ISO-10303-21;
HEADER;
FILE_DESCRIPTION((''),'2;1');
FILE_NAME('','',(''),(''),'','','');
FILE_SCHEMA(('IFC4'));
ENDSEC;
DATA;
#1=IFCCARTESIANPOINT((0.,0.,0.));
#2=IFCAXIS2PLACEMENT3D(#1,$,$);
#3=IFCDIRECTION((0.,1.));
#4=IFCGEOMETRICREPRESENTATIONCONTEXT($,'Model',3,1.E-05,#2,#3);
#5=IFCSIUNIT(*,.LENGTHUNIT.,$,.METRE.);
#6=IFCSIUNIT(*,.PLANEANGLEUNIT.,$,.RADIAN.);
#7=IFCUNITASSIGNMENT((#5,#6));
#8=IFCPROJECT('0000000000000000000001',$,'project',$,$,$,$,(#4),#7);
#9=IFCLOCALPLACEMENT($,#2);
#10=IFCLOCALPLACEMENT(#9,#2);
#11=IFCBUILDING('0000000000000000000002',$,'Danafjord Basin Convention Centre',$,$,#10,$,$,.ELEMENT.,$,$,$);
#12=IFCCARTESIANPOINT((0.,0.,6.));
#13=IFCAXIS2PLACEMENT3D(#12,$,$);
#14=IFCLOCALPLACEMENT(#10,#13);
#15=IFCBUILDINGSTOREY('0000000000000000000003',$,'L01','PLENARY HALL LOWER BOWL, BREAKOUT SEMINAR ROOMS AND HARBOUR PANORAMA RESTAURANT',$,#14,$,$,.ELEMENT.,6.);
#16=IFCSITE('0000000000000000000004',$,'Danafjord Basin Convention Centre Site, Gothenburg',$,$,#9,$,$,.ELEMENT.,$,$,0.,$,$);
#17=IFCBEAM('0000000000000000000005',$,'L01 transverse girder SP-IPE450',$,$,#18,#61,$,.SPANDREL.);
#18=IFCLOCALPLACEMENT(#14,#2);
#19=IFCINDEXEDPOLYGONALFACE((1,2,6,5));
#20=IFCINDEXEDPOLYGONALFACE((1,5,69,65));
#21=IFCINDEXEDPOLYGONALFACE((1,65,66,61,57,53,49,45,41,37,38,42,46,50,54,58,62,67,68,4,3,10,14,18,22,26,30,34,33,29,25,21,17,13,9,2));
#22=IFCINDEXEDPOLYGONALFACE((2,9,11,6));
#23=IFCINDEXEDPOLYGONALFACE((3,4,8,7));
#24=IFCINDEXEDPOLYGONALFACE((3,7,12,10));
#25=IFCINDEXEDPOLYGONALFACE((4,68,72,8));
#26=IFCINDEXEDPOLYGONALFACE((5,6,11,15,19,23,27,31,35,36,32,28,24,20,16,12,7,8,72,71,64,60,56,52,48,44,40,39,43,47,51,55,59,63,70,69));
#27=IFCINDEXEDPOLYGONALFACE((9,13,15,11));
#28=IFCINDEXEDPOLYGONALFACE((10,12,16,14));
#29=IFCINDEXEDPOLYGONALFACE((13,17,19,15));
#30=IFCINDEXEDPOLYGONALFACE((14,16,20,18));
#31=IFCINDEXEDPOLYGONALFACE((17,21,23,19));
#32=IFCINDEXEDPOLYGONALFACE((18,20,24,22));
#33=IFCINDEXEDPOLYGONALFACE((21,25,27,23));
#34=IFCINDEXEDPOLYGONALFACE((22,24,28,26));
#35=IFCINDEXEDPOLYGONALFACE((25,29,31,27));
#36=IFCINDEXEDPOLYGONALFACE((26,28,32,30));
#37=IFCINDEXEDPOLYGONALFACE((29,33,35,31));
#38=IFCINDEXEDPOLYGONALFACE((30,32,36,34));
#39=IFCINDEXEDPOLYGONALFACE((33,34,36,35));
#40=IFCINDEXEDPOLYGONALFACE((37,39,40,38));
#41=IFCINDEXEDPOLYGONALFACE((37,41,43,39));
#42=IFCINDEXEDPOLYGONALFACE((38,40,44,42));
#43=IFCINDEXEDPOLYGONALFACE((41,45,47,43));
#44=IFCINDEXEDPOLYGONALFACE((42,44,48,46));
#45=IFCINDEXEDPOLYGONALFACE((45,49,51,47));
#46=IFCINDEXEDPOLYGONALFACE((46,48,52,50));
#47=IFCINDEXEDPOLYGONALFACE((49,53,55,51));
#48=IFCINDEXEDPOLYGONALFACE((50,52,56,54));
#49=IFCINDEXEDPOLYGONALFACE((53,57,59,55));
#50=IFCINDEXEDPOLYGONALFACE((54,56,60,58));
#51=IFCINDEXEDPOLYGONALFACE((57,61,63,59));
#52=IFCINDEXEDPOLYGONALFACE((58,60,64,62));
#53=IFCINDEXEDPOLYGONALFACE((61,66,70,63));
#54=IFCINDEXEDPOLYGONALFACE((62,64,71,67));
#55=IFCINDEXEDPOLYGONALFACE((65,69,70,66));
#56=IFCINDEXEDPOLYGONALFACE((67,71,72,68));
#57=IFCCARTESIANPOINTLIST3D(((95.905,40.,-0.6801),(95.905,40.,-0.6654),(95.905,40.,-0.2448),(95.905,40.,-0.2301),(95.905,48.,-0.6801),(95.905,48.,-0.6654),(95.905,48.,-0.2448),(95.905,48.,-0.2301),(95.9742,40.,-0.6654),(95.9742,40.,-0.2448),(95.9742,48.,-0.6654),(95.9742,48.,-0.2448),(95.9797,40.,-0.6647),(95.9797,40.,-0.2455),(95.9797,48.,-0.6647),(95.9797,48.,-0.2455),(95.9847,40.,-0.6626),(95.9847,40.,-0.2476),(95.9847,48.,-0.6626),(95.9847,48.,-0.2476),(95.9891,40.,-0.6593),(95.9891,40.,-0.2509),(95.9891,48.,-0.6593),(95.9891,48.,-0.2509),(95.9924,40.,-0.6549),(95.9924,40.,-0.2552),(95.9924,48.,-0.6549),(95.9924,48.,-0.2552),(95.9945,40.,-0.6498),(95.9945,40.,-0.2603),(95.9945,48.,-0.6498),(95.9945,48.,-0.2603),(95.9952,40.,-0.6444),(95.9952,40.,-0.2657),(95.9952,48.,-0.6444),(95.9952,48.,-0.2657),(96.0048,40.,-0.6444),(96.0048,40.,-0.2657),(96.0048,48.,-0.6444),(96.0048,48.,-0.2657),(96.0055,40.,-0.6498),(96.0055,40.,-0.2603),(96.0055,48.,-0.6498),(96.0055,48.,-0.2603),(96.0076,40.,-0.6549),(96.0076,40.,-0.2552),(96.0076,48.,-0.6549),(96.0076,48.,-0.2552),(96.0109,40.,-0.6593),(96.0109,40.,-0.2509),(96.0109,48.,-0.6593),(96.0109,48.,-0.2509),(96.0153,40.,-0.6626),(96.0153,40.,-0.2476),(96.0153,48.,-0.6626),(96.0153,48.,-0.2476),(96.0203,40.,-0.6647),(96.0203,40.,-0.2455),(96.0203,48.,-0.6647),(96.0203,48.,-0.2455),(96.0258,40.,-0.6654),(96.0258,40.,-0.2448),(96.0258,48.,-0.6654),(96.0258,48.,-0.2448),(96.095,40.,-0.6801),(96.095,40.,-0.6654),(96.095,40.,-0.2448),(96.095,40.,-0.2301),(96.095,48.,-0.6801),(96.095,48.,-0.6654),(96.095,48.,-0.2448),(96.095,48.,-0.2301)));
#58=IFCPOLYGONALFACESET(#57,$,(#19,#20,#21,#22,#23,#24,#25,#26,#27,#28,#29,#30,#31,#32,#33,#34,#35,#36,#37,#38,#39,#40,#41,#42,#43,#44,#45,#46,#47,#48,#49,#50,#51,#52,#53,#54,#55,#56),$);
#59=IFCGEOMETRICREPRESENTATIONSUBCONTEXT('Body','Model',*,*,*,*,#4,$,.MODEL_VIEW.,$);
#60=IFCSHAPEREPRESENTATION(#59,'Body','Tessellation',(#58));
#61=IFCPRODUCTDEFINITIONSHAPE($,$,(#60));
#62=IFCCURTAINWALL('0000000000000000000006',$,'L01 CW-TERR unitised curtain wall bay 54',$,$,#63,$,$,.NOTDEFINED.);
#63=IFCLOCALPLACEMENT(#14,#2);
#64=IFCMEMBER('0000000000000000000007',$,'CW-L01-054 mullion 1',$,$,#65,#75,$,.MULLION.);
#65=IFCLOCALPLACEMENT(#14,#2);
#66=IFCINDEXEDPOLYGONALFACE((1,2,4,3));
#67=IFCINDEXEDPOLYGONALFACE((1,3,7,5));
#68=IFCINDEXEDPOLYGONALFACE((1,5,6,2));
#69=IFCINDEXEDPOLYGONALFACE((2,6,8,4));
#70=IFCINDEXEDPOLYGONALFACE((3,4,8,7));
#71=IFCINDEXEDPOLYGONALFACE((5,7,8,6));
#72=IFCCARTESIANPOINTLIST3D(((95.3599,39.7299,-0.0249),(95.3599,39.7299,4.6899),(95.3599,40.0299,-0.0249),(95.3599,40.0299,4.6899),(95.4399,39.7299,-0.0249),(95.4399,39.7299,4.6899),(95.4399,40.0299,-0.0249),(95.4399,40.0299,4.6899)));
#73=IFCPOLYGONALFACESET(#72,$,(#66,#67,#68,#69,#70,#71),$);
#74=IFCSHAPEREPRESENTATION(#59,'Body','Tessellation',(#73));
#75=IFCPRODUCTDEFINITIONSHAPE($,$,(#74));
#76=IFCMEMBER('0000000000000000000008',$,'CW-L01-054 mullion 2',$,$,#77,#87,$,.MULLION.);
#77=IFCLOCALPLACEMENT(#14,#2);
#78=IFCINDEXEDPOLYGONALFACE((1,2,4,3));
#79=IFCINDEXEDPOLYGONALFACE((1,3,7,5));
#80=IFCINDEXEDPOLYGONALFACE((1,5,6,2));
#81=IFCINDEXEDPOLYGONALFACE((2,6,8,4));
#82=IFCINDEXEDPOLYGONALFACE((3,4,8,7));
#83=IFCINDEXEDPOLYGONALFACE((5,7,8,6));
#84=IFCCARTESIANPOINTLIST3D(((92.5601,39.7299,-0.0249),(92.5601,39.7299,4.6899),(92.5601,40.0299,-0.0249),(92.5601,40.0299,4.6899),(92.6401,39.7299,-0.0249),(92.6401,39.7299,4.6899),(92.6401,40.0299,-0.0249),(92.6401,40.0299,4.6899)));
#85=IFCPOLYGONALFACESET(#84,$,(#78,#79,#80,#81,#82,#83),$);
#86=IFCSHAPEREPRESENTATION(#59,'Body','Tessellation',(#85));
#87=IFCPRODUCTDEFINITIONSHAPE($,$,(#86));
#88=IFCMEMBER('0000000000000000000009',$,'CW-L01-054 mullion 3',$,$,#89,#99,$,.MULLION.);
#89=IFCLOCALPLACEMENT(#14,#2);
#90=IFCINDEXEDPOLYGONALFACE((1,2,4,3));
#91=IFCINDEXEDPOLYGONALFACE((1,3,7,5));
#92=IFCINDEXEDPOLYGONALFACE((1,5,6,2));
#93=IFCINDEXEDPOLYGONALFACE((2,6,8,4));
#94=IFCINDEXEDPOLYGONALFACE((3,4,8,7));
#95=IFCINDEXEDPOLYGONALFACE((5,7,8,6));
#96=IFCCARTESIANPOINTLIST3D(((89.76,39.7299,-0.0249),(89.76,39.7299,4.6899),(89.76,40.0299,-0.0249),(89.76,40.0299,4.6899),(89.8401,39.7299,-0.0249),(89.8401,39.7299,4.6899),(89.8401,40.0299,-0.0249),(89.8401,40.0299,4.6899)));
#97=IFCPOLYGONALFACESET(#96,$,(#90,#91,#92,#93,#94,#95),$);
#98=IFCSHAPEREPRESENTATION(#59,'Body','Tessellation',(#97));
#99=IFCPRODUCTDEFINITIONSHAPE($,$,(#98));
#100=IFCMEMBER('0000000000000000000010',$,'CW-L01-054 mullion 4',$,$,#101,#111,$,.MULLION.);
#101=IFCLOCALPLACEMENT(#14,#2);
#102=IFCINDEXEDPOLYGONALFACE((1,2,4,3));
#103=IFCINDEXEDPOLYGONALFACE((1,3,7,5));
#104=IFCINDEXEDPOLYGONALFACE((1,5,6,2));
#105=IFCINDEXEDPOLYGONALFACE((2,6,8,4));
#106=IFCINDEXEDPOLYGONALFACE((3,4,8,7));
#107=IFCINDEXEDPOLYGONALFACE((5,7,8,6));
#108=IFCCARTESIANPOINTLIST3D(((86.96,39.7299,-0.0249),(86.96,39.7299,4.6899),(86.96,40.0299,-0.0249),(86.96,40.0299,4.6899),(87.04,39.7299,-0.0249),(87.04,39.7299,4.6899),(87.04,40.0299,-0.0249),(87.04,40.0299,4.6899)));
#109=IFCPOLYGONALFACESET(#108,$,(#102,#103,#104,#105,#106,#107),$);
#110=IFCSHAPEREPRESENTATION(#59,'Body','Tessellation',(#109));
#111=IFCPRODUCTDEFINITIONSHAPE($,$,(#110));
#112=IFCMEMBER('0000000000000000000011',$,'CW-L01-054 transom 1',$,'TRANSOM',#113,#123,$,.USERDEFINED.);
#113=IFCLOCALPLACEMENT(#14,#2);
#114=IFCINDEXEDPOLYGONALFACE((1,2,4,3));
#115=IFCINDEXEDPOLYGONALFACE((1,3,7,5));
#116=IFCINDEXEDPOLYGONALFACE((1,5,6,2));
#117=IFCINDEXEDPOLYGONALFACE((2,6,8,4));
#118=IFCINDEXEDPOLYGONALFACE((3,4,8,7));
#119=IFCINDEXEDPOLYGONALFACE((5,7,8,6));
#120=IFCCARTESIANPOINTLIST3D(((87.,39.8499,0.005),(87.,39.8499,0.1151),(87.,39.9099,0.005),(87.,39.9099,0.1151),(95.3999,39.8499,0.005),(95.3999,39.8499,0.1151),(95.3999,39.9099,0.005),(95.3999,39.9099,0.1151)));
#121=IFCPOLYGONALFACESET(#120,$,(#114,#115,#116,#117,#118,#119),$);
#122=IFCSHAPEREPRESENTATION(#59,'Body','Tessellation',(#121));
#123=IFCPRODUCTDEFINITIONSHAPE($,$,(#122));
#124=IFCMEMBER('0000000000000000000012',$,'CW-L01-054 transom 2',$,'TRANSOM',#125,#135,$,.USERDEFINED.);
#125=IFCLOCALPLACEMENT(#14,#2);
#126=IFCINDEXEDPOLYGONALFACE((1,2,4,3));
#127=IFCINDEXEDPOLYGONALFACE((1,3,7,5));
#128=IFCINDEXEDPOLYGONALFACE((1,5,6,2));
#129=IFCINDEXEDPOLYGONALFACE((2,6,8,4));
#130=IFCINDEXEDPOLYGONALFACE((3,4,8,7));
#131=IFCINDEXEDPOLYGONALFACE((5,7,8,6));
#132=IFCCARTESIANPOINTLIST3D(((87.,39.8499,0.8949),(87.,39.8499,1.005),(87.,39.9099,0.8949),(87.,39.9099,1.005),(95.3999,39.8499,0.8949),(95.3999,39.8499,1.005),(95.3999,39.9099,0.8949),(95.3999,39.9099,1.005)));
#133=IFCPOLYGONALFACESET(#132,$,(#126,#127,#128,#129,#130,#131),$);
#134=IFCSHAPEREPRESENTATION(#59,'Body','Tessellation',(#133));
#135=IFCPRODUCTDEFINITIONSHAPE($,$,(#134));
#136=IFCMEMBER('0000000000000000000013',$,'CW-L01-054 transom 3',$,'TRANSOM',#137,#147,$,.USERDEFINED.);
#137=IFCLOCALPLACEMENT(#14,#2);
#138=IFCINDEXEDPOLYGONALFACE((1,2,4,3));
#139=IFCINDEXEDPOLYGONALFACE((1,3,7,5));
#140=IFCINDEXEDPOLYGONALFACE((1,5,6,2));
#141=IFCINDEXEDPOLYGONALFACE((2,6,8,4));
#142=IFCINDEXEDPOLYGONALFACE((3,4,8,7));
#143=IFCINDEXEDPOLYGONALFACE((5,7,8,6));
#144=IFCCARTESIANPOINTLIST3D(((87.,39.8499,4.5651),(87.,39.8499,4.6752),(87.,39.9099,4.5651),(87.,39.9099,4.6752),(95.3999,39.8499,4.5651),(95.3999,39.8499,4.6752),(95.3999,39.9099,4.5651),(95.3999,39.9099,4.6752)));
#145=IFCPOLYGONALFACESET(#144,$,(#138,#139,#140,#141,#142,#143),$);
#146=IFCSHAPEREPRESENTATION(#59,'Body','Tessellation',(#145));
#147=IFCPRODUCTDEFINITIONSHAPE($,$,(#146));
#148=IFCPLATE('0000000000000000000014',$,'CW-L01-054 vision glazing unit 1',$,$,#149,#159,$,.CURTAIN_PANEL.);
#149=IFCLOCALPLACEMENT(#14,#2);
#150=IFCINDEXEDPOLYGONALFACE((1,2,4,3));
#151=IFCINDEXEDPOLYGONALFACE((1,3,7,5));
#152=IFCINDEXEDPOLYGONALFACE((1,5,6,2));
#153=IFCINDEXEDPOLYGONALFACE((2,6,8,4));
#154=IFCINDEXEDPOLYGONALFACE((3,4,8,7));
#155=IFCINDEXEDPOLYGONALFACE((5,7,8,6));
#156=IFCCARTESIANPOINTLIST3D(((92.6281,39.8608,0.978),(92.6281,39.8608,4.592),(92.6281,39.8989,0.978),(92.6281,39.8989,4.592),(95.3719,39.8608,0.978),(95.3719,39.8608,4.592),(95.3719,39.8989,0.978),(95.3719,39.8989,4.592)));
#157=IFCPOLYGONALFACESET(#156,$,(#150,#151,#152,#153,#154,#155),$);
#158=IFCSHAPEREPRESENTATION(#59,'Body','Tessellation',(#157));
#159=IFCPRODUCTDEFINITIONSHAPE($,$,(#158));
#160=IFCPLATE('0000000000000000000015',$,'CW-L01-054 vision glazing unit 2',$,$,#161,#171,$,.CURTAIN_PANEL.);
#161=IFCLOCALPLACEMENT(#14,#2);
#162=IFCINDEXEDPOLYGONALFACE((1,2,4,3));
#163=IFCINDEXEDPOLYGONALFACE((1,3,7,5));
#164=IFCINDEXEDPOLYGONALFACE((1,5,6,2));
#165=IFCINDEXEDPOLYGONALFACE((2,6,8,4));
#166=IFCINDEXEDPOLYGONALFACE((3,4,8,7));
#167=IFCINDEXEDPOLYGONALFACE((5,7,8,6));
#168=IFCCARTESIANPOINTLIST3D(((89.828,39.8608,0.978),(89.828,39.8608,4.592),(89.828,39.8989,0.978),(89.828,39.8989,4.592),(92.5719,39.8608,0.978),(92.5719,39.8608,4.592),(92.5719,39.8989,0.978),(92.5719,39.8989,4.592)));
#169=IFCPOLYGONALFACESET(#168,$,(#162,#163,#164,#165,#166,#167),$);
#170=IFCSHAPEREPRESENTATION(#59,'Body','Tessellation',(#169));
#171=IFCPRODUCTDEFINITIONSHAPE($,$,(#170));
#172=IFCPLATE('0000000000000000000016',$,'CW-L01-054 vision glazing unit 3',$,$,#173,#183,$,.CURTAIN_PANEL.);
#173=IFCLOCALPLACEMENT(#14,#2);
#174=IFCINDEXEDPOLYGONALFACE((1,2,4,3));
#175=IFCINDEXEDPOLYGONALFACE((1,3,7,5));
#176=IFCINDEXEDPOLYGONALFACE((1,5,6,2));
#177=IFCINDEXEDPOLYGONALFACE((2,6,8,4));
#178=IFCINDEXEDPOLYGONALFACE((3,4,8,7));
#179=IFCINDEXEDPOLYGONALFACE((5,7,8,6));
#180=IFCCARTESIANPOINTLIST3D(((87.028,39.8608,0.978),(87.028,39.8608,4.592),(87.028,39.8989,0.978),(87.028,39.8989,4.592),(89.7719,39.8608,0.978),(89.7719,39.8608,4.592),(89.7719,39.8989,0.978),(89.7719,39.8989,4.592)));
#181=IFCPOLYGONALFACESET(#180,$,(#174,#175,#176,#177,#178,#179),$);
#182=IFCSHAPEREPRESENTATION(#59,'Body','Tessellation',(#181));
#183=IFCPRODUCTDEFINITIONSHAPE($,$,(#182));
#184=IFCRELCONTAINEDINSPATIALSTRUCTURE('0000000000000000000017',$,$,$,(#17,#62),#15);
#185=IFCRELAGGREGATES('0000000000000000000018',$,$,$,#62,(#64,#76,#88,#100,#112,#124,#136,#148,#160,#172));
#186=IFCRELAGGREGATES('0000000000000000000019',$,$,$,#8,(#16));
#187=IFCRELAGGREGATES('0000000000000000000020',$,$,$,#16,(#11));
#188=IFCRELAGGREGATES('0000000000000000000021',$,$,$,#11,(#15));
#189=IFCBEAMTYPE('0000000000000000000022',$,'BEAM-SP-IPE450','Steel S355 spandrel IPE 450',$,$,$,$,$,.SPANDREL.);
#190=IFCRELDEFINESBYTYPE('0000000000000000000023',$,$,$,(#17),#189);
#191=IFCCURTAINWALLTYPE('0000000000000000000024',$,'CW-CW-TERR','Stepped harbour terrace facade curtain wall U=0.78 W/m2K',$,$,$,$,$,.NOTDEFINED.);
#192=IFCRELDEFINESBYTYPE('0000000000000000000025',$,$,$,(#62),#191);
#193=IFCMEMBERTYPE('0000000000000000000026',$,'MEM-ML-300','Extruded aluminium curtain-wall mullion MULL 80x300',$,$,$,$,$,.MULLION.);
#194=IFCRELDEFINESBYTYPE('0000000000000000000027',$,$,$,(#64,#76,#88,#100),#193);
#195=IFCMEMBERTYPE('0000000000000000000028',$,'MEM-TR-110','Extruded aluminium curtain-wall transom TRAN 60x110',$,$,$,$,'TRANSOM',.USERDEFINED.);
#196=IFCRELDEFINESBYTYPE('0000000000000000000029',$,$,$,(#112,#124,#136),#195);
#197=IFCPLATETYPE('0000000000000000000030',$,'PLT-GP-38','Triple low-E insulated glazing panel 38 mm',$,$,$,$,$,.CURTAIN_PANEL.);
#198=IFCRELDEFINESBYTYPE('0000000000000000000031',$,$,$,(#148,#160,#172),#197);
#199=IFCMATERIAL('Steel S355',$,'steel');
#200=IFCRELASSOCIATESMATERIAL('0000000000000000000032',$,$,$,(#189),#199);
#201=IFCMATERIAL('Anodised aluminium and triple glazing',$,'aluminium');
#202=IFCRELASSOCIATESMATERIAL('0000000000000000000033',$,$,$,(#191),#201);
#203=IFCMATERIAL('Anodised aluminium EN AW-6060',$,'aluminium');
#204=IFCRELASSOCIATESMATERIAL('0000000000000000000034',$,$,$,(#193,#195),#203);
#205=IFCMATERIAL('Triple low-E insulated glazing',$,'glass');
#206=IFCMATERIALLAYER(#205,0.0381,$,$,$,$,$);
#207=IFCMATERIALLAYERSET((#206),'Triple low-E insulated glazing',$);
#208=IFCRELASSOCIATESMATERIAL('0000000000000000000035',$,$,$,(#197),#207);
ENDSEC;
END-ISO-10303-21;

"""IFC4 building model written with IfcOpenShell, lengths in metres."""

from ifc_helpers import new_model, si_unit, direction, frame, origin, origin_2d, place, context, subcontext, project, spatial, rectangle, i_section, extrude, material, layer, layer_set, material_profile, profile_set, type_object, element, aggregate, save


model = new_model("IFC4")

# Units and contexts
model_context = context("Model", 3, precision=1e-05, world=origin(), true_north=direction((0.0, 1.0)))
body_context = subcontext(model_context, "Body", "Model", "MODEL_VIEW")
ifc_project = project(units=[si_unit("LENGTHUNIT", "METRE"), si_unit("PLANEANGLEUNIT", "RADIAN")], contexts=[model_context])

# Site, building, storey
site_placement = place(None, origin())
site = spatial("IfcSite", under=ifc_project, at=site_placement, Name="Danafjord Basin Convention Centre Site, Gothenburg", CompositionType="ELEMENT", RefElevation=0.0)
building_placement = place(site_placement, origin())
building = spatial("IfcBuilding", under=site, at=building_placement, Name="Danafjord Basin Convention Centre", CompositionType="ELEMENT")
storey_placement = place(building_placement, frame((0.0, 0.0, 6.0)))
storey = spatial("IfcBuildingStorey", under=building, at=storey_placement, Name="L01", Description="PLENARY HALL LOWER BOWL, BREAKOUT SEMINAR ROOMS AND HARBOUR PANORAMA RESTAURANT", CompositionType="ELEMENT", Elevation=6.0)

# Shared definitions
ifc_material_1 = material(Name="Steel S355", Category="steel")

# Beam
ifc_material_profile_1 = material_profile(ifc_material_1, i_section(OverallWidth=0.1899, OverallDepth=0.45, WebThickness=0.0095, FlangeThickness=0.0146, FilletRadius=0.021, at=origin_2d()), Name="IPE 450")
ifc_profile_set_1 = profile_set([ifc_material_profile_1], Name="Steel S355")
beam_type_1 = type_object("IfcBeamType", Name="BEAM-SP-IPE450", Description="Steel S355 spandrel IPE 450", PredefinedType="SPANDREL", material=ifc_profile_set_1)
beam_1_placement = place(storey_placement, frame((96.0, 40.0, -0.4551), z_axis=(0.0, 1.0, 0.0), x_axis=(-1.0, 0.0, 0.0)))
element("IfcBeam", 1, at=beam_1_placement, inside=storey, type_object=beam_type_1, Name="L01 transverse girder SP-IPE450", PredefinedType="SPANDREL", context=body_context, shape_type="SweptSolid", body=[
    extrude(i_section(OverallWidth=0.1899, OverallDepth=0.45, WebThickness=0.0095, FlangeThickness=0.0146, FilletRadius=0.021, at=origin_2d()), origin(), (0.0, 0.0, 1.0), 8.0),
])

# Curtain wall, members, plates
ifc_material_2 = material(Name="Anodised aluminium and triple glazing", Category="aluminium")
curtain_wall_type = type_object("IfcCurtainWallType", Name="CW-CW-TERR", Description="Stepped harbour terrace facade curtain wall U=0.78 W/m2K", PredefinedType="NOTDEFINED", material=ifc_material_2)
curtain_wall_placement = place(storey_placement, origin())
curtain_wall = element("IfcCurtainWall", 2, at=curtain_wall_placement, inside=storey, type_object=curtain_wall_type, Name="L01 CW-TERR unitised curtain wall bay 54", PredefinedType="NOTDEFINED")
ifc_material_3 = material(Name="Anodised aluminium EN AW-6060", Category="aluminium")
ifc_material_profile_2 = material_profile(ifc_material_3, rectangle(XDim=0.0801, YDim=0.3, at=origin_2d()), Name="MULL 80x300")
ifc_profile_set_2 = profile_set([ifc_material_profile_2], Name="Anodised aluminium EN AW-6060")
member_type_1 = type_object("IfcMemberType", Name="MEM-ML-300", Description="Extruded aluminium curtain-wall mullion MULL 80x300", PredefinedType="MULLION", material=ifc_profile_set_2)
member_1_placement = place(storey_placement, frame((95.3999, 39.8799, -0.0249), z_axis=(0.0, 0.0, 1.0), x_axis=(-1.0, 0.0, 0.0)))
member_1 = element("IfcMember", 3, at=member_1_placement, type_object=member_type_1, Name="CW-L01-054 mullion 1", PredefinedType="MULLION", context=body_context, shape_type="SweptSolid", body=[
    extrude(rectangle(XDim=0.0801, YDim=0.3, at=origin_2d()), origin(), (0.0, 0.0, 1.0), 4.7148),
])
member_2_placement = place(storey_placement, frame((92.6001, 39.8799, -0.0249), z_axis=(0.0, 0.0, 1.0), x_axis=(-1.0, 0.0, 0.0)))
member_2 = element("IfcMember", 4, at=member_2_placement, type_object=member_type_1, Name="CW-L01-054 mullion 2", PredefinedType="MULLION", context=body_context, shape_type="SweptSolid", body=[
    extrude(rectangle(XDim=0.0801, YDim=0.3, at=origin_2d()), origin(), (0.0, 0.0, 1.0), 4.7148),
])
member_3_placement = place(storey_placement, frame((89.8, 39.8799, -0.0249), z_axis=(0.0, 0.0, 1.0), x_axis=(-1.0, 0.0, 0.0)))
member_3 = element("IfcMember", 5, at=member_3_placement, type_object=member_type_1, Name="CW-L01-054 mullion 3", PredefinedType="MULLION", context=body_context, shape_type="SweptSolid", body=[
    extrude(rectangle(XDim=0.0801, YDim=0.3, at=origin_2d()), origin(), (0.0, 0.0, 1.0), 4.7148),
])
member_4_placement = place(storey_placement, frame((87.0, 39.8799, -0.0249), z_axis=(0.0, 0.0, 1.0), x_axis=(-1.0, 0.0, 0.0)))
member_4 = element("IfcMember", 6, at=member_4_placement, type_object=member_type_1, Name="CW-L01-054 mullion 4", PredefinedType="MULLION", context=body_context, shape_type="SweptSolid", body=[
    extrude(rectangle(XDim=0.0801, YDim=0.3, at=origin_2d()), origin(), (0.0, 0.0, 1.0), 4.7148),
])
ifc_material_profile_3 = material_profile(ifc_material_3, rectangle(XDim=0.0601, YDim=0.1101, at=origin_2d()), Name="TRAN 60x110")
ifc_profile_set_3 = profile_set([ifc_material_profile_3], Name="Anodised aluminium EN AW-6060")
member_type_2 = type_object("IfcMemberType", Name="MEM-TR-110", Description="Extruded aluminium curtain-wall transom TRAN 60x110", ElementType="TRANSOM", PredefinedType="USERDEFINED", material=ifc_profile_set_3)
member_5_placement = place(storey_placement, frame((95.3999, 39.8799, 0.0601), z_axis=(-1.0, 0.0, 0.0), x_axis=(0.0, -1.0, 0.0)))
member_5 = element("IfcMember", 7, at=member_5_placement, type_object=member_type_2, Name="CW-L01-054 transom 1", ObjectType="TRANSOM", PredefinedType="USERDEFINED", context=body_context, shape_type="SweptSolid", body=[
    extrude(rectangle(XDim=0.0601, YDim=0.1101, at=origin_2d()), origin(), (0.0, 0.0, 1.0), 8.3999),
])
member_6_placement = place(storey_placement, frame((95.3999, 39.8799, 0.95), z_axis=(-1.0, 0.0, 0.0), x_axis=(0.0, -1.0, 0.0)))
member_6 = element("IfcMember", 8, at=member_6_placement, type_object=member_type_2, Name="CW-L01-054 transom 2", ObjectType="TRANSOM", PredefinedType="USERDEFINED", context=body_context, shape_type="SweptSolid", body=[
    extrude(rectangle(XDim=0.0601, YDim=0.1101, at=origin_2d()), origin(), (0.0, 0.0, 1.0), 8.3999),
])
member_7_placement = place(storey_placement, frame((95.3999, 39.8799, 4.6201), z_axis=(-1.0, 0.0, 0.0), x_axis=(0.0, -1.0, 0.0)))
member_7 = element("IfcMember", 9, at=member_7_placement, type_object=member_type_2, Name="CW-L01-054 transom 3", ObjectType="TRANSOM", PredefinedType="USERDEFINED", context=body_context, shape_type="SweptSolid", body=[
    extrude(rectangle(XDim=0.0601, YDim=0.1101, at=origin_2d()), origin(), (0.0, 0.0, 1.0), 8.3999),
])
ifc_material_4 = material(Name="Triple low-E insulated glazing", Category="glass")
ifc_layer_1 = layer(ifc_material_4, 0.0381)
ifc_layer_set_1 = layer_set([ifc_layer_1], Name="Triple low-E insulated glazing")
plate_type_1 = type_object("IfcPlateType", Name="PLT-GP-38", Description="Triple low-E insulated glazing panel 38 mm", PredefinedType="CURTAIN_PANEL", material=ifc_layer_set_1)
plate_1_placement = place(storey_placement, frame((94.0, 39.8799, 0.978), z_axis=(0.0, 0.0, 1.0), x_axis=(-1.0, 0.0, 0.0)))
plate_1 = element("IfcPlate", 10, at=plate_1_placement, type_object=plate_type_1, Name="CW-L01-054 vision glazing unit 1", PredefinedType="CURTAIN_PANEL", context=body_context, shape_type="SweptSolid", body=[
    extrude(rectangle(XDim=2.7439, YDim=0.0381, at=origin_2d()), origin(), (0.0, 0.0, 1.0), 3.614),
])
plate_2_placement = place(storey_placement, frame((91.2, 39.8799, 0.978), z_axis=(0.0, 0.0, 1.0), x_axis=(-1.0, 0.0, 0.0)))
plate_2 = element("IfcPlate", 11, at=plate_2_placement, type_object=plate_type_1, Name="CW-L01-054 vision glazing unit 2", PredefinedType="CURTAIN_PANEL", context=body_context, shape_type="SweptSolid", body=[
    extrude(rectangle(XDim=2.7439, YDim=0.0381, at=origin_2d()), origin(), (0.0, 0.0, 1.0), 3.614),
])
plate_3_placement = place(storey_placement, frame((88.3999, 39.8799, 0.978), z_axis=(0.0, 0.0, 1.0), x_axis=(-1.0, 0.0, 0.0)))
plate_3 = element("IfcPlate", 12, at=plate_3_placement, type_object=plate_type_1, Name="CW-L01-054 vision glazing unit 3", PredefinedType="CURTAIN_PANEL", context=body_context, shape_type="SweptSolid", body=[
    extrude(rectangle(XDim=2.7439, YDim=0.0381, at=origin_2d()), origin(), (0.0, 0.0, 1.0), 3.614),
])
aggregate(curtain_wall, [member_1, member_2, member_3, member_4, member_5, member_6, member_7, plate_1, plate_2, plate_3])

save(model, "model.ifc")
